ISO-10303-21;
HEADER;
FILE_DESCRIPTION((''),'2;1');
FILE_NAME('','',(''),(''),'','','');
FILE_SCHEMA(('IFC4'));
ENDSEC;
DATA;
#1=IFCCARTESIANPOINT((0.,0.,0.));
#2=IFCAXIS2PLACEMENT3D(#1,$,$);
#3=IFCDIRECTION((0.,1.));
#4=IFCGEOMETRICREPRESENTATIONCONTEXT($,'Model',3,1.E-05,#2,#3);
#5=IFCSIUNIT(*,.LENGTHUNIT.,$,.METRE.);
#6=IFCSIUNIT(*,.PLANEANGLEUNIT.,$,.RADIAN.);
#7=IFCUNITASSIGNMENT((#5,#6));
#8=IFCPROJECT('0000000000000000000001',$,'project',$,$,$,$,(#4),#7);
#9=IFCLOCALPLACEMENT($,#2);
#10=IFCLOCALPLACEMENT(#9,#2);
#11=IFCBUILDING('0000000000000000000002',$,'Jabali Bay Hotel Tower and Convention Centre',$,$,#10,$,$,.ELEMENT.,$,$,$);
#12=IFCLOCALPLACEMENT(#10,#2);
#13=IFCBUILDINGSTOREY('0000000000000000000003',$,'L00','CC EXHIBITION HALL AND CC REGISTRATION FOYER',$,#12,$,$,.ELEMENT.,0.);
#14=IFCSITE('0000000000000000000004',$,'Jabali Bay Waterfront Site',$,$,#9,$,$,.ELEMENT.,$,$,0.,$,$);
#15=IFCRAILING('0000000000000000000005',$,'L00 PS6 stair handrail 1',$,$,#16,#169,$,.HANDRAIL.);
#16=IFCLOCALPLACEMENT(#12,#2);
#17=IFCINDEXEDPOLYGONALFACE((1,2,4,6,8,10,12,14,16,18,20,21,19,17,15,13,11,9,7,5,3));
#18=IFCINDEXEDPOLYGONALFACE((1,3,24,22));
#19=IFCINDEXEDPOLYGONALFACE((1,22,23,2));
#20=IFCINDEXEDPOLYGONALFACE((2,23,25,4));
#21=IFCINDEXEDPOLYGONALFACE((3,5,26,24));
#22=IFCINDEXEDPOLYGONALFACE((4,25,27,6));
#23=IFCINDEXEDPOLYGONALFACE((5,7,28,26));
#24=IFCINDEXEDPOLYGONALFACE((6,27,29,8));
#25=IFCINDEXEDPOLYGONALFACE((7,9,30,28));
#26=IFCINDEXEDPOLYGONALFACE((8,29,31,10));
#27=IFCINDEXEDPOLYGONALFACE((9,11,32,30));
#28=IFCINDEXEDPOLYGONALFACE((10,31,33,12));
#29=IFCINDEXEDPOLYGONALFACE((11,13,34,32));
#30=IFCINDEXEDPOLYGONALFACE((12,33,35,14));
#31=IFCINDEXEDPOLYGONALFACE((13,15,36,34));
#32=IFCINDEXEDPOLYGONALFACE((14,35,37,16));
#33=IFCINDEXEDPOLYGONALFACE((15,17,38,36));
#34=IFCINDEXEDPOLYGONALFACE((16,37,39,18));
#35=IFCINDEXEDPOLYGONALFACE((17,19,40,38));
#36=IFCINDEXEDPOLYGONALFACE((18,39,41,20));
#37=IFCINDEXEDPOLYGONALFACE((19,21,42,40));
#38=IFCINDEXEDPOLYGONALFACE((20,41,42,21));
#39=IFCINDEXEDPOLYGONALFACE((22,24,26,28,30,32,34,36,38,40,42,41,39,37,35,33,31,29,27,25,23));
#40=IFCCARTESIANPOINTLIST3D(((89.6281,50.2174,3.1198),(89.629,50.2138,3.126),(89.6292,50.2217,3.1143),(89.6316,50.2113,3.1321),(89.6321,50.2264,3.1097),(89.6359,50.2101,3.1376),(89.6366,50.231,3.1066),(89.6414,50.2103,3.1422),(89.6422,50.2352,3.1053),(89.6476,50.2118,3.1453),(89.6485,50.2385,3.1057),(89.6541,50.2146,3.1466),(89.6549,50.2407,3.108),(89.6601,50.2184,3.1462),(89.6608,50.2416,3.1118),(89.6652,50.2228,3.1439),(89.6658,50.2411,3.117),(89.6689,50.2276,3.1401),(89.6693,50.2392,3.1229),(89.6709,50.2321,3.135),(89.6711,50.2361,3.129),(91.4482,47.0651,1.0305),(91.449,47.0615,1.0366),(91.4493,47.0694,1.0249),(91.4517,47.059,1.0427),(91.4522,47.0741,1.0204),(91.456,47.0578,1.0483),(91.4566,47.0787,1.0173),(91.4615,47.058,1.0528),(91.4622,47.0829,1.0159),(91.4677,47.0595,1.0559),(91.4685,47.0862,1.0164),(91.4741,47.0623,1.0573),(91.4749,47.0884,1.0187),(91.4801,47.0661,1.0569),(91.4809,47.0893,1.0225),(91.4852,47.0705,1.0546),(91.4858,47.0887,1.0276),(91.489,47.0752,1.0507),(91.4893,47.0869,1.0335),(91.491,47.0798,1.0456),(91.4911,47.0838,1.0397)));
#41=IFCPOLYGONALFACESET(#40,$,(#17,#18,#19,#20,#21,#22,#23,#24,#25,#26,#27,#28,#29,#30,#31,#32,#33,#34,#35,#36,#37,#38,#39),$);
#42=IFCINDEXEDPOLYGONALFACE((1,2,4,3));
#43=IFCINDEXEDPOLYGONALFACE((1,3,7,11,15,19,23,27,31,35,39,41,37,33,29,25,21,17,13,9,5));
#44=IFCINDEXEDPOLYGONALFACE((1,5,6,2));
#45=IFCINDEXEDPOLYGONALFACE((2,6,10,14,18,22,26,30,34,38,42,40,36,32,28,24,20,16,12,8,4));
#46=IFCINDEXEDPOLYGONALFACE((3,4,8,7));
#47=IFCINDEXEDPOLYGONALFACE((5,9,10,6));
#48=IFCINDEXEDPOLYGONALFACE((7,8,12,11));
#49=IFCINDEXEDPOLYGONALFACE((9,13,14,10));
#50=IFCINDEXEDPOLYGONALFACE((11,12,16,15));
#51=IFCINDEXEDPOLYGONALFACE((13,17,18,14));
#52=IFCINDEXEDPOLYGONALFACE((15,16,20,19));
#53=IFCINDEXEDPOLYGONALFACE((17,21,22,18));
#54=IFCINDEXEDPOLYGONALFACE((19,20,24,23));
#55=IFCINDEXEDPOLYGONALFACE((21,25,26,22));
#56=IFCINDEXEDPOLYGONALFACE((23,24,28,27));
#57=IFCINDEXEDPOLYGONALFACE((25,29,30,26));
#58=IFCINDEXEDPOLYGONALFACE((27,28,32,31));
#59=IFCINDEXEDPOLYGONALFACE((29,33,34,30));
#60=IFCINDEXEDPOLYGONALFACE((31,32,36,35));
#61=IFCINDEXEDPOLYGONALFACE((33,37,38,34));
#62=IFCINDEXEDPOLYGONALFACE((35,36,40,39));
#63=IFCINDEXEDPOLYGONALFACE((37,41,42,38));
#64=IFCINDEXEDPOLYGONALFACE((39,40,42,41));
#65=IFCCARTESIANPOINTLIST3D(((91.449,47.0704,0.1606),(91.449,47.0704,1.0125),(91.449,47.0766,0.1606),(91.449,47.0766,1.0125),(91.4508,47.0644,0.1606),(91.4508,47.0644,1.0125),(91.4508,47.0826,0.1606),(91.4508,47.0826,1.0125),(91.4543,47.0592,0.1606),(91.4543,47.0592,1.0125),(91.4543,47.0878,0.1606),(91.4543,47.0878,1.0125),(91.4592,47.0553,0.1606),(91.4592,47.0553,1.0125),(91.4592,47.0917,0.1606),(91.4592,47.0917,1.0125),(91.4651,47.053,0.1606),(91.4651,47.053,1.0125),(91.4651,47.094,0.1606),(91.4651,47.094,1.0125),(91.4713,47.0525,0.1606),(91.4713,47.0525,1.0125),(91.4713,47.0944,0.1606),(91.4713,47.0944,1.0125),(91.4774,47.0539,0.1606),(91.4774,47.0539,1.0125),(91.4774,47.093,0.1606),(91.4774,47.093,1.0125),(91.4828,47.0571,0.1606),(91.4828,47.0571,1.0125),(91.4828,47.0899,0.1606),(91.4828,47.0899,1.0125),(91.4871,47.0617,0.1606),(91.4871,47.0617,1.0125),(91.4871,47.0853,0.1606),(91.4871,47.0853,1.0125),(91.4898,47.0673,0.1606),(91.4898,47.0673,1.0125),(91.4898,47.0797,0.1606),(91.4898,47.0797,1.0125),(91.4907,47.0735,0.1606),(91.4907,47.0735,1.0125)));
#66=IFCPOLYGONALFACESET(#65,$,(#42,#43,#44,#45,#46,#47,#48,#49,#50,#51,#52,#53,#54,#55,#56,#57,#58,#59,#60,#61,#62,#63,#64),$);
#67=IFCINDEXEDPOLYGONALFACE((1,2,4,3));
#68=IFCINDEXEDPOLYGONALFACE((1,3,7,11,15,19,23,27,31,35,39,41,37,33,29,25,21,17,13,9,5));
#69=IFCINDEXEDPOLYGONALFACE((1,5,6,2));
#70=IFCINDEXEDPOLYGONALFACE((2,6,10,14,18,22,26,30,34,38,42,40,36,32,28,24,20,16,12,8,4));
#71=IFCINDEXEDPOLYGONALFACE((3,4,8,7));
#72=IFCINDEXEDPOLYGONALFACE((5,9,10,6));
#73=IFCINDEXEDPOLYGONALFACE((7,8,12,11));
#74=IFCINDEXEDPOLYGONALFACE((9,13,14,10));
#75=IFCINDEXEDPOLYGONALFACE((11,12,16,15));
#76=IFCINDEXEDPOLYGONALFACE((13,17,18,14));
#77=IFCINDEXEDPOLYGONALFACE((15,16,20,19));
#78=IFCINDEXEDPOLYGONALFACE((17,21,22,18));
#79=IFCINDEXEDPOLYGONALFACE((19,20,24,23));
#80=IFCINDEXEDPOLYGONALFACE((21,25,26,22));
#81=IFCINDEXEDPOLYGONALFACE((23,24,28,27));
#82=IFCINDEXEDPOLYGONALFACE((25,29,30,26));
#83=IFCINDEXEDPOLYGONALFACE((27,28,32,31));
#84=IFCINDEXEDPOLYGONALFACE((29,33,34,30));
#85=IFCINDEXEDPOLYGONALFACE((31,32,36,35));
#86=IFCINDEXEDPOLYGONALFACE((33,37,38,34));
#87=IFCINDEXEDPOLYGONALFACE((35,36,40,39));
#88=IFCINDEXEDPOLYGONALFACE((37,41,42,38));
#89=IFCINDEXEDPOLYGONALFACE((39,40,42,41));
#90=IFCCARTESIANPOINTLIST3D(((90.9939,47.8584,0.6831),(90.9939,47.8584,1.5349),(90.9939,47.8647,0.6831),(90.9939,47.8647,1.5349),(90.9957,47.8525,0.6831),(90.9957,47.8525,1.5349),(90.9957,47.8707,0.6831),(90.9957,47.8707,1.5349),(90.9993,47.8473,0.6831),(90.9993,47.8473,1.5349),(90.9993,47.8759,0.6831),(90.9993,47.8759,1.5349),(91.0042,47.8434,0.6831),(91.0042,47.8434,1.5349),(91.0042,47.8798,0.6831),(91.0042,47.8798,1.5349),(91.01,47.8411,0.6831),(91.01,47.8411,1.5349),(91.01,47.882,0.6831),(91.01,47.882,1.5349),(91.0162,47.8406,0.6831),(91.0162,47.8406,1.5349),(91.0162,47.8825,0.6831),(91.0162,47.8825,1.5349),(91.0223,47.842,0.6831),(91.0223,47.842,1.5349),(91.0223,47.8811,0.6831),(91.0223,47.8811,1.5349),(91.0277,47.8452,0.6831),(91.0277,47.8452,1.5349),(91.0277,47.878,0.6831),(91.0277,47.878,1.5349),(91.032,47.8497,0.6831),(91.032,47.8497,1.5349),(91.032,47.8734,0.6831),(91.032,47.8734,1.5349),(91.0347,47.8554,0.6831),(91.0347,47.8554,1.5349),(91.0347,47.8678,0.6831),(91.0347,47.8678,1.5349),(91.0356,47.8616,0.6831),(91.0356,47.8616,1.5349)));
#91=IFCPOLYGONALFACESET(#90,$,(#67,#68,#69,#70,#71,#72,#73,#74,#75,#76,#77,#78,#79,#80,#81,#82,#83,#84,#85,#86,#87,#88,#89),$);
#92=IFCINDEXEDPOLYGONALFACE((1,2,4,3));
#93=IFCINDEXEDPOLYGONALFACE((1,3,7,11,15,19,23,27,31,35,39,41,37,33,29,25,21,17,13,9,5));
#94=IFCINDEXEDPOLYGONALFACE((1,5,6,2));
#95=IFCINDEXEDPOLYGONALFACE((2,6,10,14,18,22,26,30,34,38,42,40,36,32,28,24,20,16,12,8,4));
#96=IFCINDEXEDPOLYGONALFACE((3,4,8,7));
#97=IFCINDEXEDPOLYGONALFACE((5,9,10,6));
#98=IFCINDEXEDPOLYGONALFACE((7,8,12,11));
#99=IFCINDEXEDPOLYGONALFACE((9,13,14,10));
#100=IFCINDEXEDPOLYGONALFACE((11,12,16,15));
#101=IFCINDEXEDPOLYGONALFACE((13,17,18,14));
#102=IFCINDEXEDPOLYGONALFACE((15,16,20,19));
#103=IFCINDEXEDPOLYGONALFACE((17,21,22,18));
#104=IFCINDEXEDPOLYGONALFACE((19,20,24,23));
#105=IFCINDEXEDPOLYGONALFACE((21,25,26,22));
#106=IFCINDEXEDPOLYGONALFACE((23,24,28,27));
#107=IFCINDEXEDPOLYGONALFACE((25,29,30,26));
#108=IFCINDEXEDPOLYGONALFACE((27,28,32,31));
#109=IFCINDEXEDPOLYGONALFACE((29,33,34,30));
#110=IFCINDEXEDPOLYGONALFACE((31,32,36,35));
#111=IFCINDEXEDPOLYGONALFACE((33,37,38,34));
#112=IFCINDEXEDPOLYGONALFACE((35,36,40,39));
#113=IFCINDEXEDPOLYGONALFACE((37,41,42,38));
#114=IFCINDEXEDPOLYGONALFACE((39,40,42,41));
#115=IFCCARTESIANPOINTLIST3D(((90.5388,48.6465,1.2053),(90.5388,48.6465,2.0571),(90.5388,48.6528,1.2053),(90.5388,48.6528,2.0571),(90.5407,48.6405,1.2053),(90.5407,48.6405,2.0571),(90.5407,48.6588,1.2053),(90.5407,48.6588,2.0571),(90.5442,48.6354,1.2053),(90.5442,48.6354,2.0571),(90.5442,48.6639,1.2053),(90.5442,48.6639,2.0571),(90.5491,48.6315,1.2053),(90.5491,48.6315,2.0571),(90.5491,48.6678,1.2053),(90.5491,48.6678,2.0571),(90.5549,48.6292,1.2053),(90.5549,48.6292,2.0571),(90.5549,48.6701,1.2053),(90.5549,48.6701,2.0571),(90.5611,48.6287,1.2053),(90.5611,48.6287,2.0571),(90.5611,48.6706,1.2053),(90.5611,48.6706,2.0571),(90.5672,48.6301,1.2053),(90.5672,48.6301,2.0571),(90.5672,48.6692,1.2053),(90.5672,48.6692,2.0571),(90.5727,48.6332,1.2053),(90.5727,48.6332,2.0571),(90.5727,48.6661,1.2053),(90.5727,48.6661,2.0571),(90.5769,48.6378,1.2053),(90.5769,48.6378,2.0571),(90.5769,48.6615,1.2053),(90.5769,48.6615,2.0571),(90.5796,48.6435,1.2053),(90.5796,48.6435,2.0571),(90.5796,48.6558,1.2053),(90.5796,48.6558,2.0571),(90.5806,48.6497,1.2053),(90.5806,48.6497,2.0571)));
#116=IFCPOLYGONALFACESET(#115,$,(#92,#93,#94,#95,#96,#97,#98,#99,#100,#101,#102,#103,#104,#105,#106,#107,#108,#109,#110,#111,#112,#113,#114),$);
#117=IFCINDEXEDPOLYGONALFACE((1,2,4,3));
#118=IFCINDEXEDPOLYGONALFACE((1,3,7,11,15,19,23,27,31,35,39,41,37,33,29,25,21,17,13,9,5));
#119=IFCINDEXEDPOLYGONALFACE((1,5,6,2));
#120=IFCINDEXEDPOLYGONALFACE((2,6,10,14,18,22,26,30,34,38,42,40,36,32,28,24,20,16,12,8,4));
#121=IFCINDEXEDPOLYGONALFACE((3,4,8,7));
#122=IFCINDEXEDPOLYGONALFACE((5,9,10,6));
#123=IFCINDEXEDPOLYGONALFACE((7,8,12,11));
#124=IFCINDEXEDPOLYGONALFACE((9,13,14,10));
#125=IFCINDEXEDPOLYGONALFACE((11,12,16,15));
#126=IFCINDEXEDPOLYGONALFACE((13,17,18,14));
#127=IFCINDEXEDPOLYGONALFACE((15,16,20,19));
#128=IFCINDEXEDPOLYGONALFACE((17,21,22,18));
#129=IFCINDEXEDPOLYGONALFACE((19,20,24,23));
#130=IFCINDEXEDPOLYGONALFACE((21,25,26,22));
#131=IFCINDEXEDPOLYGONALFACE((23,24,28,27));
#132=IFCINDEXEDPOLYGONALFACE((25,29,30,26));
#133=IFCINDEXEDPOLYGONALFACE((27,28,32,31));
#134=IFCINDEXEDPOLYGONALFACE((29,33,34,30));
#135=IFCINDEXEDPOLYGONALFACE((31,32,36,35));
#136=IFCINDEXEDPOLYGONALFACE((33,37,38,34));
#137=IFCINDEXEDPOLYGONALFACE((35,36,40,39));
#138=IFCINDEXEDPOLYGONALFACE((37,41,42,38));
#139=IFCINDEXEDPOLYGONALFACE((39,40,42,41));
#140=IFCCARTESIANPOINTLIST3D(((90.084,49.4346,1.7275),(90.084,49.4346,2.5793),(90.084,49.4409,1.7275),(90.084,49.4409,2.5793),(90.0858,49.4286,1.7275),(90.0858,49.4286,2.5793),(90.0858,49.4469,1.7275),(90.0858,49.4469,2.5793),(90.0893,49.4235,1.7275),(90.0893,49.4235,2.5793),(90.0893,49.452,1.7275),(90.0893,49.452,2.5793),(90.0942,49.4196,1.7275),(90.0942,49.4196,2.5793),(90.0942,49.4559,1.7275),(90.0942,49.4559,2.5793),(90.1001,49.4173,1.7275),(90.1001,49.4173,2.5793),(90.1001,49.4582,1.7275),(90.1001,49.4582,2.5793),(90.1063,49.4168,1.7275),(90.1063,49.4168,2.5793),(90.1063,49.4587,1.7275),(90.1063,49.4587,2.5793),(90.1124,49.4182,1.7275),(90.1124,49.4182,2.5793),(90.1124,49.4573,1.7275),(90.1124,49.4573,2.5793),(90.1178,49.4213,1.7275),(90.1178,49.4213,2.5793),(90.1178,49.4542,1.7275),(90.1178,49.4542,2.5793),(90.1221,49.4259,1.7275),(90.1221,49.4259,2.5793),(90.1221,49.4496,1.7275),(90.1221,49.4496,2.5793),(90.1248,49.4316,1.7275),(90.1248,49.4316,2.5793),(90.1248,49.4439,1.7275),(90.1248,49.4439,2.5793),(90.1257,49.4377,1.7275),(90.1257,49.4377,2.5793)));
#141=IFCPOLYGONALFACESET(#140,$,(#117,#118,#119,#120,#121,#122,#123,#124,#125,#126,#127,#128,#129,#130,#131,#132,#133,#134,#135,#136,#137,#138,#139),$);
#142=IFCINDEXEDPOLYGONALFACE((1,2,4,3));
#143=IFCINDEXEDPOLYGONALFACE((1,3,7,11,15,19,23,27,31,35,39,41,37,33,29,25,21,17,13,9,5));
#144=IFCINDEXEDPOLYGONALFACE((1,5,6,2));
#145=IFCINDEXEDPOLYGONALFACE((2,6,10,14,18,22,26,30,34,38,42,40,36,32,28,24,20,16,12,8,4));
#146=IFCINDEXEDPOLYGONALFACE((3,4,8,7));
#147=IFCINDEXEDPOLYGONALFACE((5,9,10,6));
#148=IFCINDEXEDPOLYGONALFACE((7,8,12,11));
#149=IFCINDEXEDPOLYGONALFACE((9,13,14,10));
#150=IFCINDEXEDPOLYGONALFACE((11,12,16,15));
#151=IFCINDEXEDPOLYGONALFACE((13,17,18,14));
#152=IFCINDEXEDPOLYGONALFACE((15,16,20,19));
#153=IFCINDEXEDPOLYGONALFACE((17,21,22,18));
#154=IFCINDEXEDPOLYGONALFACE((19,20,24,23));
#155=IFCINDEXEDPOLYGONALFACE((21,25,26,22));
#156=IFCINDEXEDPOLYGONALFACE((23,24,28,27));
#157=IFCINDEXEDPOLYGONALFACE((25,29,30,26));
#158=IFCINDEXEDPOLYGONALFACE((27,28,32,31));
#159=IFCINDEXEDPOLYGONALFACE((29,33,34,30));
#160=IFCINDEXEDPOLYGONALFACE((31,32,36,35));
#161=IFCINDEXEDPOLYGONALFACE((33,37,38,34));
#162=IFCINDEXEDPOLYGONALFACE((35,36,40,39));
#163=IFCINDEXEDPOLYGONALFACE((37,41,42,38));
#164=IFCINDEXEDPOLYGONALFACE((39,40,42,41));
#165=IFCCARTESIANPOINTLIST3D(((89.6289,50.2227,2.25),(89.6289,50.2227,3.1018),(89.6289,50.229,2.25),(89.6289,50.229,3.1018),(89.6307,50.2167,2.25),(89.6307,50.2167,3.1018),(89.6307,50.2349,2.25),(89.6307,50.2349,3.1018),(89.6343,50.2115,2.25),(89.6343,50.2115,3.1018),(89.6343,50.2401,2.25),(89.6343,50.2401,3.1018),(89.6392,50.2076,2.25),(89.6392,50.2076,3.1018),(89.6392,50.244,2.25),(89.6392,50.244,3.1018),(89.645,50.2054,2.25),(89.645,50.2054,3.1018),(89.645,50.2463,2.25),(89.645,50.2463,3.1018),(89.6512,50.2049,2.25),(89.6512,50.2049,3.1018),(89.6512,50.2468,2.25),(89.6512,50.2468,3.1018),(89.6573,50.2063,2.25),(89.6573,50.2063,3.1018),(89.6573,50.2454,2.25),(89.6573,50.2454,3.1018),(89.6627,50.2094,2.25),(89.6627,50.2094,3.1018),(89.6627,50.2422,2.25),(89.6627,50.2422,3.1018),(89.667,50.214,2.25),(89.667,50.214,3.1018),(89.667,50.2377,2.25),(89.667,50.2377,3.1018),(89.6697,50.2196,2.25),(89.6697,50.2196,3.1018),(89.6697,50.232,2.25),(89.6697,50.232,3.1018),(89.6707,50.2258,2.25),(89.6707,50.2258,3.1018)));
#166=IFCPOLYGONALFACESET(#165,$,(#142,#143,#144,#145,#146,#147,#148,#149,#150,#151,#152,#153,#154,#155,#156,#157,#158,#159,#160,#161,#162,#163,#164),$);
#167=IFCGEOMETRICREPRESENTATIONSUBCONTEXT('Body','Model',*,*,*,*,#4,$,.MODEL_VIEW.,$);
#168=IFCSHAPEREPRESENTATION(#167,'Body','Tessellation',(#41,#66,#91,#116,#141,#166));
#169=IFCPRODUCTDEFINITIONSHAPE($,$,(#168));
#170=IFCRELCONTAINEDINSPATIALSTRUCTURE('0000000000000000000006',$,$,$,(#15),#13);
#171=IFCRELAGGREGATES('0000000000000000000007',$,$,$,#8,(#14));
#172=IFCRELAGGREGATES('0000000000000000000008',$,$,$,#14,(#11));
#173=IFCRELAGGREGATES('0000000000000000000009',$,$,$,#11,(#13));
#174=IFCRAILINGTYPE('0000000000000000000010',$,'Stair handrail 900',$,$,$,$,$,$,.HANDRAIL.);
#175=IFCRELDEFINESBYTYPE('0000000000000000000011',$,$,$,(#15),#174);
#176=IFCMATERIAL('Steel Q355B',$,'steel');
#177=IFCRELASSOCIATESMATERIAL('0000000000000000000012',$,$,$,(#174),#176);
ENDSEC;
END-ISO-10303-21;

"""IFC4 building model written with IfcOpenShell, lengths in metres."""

from ifc_helpers import new_model, si_unit, direction, frame, origin, origin_2d, place, context, subcontext, project, spatial, circle, extrude, material, type_object, element, save


model = new_model("IFC4")

# Units and contexts
model_context = context("Model", 3, precision=1e-05, world=origin(), true_north=direction((0.0, 1.0)))
body_context = subcontext(model_context, "Body", "Model", "MODEL_VIEW")
ifc_project = project(units=[si_unit("LENGTHUNIT", "METRE"), si_unit("PLANEANGLEUNIT", "RADIAN")], contexts=[model_context])

# Site, building, storey
site_placement = place(None, origin())
site = spatial("IfcSite", under=ifc_project, at=site_placement, Name="Jabali Bay Waterfront Site", CompositionType="ELEMENT", RefElevation=0.0)
building_placement = place(site_placement, origin())
building = spatial("IfcBuilding", under=site, at=building_placement, Name="Jabali Bay Hotel Tower and Convention Centre", CompositionType="ELEMENT")
storey_placement = place(building_placement, origin())
storey = spatial("IfcBuildingStorey", under=building, at=storey_placement, Name="L00", Description="CC EXHIBITION HALL AND CC REGISTRATION FOYER", CompositionType="ELEMENT", Elevation=0.0)

# Railing
ifc_material_1 = material(Name="Steel Q355B", Category="steel")
railing_type_1 = type_object("IfcRailingType", Name="Stair handrail 900", PredefinedType="HANDRAIL", material=ifc_material_1)
for number, where, name in (
    (1, (91.4697, 47.0735, 0.1606), "L00 PS6 stair handrail 1"),
):
    element("IfcRailing", number, at=place(storey_placement, frame(where)), inside=storey, type_object=railing_type_1, Name=name, PredefinedType="HANDRAIL", context=body_context, shape_type="SweptSolid", body=[
        extrude(circle(Radius=0.0239, at=origin_2d()), frame((0.0, 0.0, 0.876), z_axis=(-0.433653, 0.751084, 0.497814), x_axis=(-0.866018, -0.500013, 0.0)), (0.0, 0.0, 1.0), 4.197),
        extrude(circle(Radius=0.021, at=origin_2d()), origin(), (0.0, 0.0, 1.0), 0.8518),
        extrude(circle(Radius=0.021, at=origin_2d()), frame((-0.4551, 0.7881, 0.5225)), (0.0, 0.0, 1.0), 0.8518),
        extrude(circle(Radius=0.021, at=origin_2d()), frame((-0.9102, 1.5762, 1.0447)), (0.0, 0.0, 1.0), 0.8518),
        extrude(circle(Radius=0.021, at=origin_2d()), frame((-1.365, 2.3643, 1.5669)), (0.0, 0.0, 1.0), 0.8518),
        extrude(circle(Radius=0.021, at=origin_2d()), frame((-1.8201, 3.1523, 2.0894)), (0.0, 0.0, 1.0), 0.8518),
    ])

save(model, "model.ifc")
